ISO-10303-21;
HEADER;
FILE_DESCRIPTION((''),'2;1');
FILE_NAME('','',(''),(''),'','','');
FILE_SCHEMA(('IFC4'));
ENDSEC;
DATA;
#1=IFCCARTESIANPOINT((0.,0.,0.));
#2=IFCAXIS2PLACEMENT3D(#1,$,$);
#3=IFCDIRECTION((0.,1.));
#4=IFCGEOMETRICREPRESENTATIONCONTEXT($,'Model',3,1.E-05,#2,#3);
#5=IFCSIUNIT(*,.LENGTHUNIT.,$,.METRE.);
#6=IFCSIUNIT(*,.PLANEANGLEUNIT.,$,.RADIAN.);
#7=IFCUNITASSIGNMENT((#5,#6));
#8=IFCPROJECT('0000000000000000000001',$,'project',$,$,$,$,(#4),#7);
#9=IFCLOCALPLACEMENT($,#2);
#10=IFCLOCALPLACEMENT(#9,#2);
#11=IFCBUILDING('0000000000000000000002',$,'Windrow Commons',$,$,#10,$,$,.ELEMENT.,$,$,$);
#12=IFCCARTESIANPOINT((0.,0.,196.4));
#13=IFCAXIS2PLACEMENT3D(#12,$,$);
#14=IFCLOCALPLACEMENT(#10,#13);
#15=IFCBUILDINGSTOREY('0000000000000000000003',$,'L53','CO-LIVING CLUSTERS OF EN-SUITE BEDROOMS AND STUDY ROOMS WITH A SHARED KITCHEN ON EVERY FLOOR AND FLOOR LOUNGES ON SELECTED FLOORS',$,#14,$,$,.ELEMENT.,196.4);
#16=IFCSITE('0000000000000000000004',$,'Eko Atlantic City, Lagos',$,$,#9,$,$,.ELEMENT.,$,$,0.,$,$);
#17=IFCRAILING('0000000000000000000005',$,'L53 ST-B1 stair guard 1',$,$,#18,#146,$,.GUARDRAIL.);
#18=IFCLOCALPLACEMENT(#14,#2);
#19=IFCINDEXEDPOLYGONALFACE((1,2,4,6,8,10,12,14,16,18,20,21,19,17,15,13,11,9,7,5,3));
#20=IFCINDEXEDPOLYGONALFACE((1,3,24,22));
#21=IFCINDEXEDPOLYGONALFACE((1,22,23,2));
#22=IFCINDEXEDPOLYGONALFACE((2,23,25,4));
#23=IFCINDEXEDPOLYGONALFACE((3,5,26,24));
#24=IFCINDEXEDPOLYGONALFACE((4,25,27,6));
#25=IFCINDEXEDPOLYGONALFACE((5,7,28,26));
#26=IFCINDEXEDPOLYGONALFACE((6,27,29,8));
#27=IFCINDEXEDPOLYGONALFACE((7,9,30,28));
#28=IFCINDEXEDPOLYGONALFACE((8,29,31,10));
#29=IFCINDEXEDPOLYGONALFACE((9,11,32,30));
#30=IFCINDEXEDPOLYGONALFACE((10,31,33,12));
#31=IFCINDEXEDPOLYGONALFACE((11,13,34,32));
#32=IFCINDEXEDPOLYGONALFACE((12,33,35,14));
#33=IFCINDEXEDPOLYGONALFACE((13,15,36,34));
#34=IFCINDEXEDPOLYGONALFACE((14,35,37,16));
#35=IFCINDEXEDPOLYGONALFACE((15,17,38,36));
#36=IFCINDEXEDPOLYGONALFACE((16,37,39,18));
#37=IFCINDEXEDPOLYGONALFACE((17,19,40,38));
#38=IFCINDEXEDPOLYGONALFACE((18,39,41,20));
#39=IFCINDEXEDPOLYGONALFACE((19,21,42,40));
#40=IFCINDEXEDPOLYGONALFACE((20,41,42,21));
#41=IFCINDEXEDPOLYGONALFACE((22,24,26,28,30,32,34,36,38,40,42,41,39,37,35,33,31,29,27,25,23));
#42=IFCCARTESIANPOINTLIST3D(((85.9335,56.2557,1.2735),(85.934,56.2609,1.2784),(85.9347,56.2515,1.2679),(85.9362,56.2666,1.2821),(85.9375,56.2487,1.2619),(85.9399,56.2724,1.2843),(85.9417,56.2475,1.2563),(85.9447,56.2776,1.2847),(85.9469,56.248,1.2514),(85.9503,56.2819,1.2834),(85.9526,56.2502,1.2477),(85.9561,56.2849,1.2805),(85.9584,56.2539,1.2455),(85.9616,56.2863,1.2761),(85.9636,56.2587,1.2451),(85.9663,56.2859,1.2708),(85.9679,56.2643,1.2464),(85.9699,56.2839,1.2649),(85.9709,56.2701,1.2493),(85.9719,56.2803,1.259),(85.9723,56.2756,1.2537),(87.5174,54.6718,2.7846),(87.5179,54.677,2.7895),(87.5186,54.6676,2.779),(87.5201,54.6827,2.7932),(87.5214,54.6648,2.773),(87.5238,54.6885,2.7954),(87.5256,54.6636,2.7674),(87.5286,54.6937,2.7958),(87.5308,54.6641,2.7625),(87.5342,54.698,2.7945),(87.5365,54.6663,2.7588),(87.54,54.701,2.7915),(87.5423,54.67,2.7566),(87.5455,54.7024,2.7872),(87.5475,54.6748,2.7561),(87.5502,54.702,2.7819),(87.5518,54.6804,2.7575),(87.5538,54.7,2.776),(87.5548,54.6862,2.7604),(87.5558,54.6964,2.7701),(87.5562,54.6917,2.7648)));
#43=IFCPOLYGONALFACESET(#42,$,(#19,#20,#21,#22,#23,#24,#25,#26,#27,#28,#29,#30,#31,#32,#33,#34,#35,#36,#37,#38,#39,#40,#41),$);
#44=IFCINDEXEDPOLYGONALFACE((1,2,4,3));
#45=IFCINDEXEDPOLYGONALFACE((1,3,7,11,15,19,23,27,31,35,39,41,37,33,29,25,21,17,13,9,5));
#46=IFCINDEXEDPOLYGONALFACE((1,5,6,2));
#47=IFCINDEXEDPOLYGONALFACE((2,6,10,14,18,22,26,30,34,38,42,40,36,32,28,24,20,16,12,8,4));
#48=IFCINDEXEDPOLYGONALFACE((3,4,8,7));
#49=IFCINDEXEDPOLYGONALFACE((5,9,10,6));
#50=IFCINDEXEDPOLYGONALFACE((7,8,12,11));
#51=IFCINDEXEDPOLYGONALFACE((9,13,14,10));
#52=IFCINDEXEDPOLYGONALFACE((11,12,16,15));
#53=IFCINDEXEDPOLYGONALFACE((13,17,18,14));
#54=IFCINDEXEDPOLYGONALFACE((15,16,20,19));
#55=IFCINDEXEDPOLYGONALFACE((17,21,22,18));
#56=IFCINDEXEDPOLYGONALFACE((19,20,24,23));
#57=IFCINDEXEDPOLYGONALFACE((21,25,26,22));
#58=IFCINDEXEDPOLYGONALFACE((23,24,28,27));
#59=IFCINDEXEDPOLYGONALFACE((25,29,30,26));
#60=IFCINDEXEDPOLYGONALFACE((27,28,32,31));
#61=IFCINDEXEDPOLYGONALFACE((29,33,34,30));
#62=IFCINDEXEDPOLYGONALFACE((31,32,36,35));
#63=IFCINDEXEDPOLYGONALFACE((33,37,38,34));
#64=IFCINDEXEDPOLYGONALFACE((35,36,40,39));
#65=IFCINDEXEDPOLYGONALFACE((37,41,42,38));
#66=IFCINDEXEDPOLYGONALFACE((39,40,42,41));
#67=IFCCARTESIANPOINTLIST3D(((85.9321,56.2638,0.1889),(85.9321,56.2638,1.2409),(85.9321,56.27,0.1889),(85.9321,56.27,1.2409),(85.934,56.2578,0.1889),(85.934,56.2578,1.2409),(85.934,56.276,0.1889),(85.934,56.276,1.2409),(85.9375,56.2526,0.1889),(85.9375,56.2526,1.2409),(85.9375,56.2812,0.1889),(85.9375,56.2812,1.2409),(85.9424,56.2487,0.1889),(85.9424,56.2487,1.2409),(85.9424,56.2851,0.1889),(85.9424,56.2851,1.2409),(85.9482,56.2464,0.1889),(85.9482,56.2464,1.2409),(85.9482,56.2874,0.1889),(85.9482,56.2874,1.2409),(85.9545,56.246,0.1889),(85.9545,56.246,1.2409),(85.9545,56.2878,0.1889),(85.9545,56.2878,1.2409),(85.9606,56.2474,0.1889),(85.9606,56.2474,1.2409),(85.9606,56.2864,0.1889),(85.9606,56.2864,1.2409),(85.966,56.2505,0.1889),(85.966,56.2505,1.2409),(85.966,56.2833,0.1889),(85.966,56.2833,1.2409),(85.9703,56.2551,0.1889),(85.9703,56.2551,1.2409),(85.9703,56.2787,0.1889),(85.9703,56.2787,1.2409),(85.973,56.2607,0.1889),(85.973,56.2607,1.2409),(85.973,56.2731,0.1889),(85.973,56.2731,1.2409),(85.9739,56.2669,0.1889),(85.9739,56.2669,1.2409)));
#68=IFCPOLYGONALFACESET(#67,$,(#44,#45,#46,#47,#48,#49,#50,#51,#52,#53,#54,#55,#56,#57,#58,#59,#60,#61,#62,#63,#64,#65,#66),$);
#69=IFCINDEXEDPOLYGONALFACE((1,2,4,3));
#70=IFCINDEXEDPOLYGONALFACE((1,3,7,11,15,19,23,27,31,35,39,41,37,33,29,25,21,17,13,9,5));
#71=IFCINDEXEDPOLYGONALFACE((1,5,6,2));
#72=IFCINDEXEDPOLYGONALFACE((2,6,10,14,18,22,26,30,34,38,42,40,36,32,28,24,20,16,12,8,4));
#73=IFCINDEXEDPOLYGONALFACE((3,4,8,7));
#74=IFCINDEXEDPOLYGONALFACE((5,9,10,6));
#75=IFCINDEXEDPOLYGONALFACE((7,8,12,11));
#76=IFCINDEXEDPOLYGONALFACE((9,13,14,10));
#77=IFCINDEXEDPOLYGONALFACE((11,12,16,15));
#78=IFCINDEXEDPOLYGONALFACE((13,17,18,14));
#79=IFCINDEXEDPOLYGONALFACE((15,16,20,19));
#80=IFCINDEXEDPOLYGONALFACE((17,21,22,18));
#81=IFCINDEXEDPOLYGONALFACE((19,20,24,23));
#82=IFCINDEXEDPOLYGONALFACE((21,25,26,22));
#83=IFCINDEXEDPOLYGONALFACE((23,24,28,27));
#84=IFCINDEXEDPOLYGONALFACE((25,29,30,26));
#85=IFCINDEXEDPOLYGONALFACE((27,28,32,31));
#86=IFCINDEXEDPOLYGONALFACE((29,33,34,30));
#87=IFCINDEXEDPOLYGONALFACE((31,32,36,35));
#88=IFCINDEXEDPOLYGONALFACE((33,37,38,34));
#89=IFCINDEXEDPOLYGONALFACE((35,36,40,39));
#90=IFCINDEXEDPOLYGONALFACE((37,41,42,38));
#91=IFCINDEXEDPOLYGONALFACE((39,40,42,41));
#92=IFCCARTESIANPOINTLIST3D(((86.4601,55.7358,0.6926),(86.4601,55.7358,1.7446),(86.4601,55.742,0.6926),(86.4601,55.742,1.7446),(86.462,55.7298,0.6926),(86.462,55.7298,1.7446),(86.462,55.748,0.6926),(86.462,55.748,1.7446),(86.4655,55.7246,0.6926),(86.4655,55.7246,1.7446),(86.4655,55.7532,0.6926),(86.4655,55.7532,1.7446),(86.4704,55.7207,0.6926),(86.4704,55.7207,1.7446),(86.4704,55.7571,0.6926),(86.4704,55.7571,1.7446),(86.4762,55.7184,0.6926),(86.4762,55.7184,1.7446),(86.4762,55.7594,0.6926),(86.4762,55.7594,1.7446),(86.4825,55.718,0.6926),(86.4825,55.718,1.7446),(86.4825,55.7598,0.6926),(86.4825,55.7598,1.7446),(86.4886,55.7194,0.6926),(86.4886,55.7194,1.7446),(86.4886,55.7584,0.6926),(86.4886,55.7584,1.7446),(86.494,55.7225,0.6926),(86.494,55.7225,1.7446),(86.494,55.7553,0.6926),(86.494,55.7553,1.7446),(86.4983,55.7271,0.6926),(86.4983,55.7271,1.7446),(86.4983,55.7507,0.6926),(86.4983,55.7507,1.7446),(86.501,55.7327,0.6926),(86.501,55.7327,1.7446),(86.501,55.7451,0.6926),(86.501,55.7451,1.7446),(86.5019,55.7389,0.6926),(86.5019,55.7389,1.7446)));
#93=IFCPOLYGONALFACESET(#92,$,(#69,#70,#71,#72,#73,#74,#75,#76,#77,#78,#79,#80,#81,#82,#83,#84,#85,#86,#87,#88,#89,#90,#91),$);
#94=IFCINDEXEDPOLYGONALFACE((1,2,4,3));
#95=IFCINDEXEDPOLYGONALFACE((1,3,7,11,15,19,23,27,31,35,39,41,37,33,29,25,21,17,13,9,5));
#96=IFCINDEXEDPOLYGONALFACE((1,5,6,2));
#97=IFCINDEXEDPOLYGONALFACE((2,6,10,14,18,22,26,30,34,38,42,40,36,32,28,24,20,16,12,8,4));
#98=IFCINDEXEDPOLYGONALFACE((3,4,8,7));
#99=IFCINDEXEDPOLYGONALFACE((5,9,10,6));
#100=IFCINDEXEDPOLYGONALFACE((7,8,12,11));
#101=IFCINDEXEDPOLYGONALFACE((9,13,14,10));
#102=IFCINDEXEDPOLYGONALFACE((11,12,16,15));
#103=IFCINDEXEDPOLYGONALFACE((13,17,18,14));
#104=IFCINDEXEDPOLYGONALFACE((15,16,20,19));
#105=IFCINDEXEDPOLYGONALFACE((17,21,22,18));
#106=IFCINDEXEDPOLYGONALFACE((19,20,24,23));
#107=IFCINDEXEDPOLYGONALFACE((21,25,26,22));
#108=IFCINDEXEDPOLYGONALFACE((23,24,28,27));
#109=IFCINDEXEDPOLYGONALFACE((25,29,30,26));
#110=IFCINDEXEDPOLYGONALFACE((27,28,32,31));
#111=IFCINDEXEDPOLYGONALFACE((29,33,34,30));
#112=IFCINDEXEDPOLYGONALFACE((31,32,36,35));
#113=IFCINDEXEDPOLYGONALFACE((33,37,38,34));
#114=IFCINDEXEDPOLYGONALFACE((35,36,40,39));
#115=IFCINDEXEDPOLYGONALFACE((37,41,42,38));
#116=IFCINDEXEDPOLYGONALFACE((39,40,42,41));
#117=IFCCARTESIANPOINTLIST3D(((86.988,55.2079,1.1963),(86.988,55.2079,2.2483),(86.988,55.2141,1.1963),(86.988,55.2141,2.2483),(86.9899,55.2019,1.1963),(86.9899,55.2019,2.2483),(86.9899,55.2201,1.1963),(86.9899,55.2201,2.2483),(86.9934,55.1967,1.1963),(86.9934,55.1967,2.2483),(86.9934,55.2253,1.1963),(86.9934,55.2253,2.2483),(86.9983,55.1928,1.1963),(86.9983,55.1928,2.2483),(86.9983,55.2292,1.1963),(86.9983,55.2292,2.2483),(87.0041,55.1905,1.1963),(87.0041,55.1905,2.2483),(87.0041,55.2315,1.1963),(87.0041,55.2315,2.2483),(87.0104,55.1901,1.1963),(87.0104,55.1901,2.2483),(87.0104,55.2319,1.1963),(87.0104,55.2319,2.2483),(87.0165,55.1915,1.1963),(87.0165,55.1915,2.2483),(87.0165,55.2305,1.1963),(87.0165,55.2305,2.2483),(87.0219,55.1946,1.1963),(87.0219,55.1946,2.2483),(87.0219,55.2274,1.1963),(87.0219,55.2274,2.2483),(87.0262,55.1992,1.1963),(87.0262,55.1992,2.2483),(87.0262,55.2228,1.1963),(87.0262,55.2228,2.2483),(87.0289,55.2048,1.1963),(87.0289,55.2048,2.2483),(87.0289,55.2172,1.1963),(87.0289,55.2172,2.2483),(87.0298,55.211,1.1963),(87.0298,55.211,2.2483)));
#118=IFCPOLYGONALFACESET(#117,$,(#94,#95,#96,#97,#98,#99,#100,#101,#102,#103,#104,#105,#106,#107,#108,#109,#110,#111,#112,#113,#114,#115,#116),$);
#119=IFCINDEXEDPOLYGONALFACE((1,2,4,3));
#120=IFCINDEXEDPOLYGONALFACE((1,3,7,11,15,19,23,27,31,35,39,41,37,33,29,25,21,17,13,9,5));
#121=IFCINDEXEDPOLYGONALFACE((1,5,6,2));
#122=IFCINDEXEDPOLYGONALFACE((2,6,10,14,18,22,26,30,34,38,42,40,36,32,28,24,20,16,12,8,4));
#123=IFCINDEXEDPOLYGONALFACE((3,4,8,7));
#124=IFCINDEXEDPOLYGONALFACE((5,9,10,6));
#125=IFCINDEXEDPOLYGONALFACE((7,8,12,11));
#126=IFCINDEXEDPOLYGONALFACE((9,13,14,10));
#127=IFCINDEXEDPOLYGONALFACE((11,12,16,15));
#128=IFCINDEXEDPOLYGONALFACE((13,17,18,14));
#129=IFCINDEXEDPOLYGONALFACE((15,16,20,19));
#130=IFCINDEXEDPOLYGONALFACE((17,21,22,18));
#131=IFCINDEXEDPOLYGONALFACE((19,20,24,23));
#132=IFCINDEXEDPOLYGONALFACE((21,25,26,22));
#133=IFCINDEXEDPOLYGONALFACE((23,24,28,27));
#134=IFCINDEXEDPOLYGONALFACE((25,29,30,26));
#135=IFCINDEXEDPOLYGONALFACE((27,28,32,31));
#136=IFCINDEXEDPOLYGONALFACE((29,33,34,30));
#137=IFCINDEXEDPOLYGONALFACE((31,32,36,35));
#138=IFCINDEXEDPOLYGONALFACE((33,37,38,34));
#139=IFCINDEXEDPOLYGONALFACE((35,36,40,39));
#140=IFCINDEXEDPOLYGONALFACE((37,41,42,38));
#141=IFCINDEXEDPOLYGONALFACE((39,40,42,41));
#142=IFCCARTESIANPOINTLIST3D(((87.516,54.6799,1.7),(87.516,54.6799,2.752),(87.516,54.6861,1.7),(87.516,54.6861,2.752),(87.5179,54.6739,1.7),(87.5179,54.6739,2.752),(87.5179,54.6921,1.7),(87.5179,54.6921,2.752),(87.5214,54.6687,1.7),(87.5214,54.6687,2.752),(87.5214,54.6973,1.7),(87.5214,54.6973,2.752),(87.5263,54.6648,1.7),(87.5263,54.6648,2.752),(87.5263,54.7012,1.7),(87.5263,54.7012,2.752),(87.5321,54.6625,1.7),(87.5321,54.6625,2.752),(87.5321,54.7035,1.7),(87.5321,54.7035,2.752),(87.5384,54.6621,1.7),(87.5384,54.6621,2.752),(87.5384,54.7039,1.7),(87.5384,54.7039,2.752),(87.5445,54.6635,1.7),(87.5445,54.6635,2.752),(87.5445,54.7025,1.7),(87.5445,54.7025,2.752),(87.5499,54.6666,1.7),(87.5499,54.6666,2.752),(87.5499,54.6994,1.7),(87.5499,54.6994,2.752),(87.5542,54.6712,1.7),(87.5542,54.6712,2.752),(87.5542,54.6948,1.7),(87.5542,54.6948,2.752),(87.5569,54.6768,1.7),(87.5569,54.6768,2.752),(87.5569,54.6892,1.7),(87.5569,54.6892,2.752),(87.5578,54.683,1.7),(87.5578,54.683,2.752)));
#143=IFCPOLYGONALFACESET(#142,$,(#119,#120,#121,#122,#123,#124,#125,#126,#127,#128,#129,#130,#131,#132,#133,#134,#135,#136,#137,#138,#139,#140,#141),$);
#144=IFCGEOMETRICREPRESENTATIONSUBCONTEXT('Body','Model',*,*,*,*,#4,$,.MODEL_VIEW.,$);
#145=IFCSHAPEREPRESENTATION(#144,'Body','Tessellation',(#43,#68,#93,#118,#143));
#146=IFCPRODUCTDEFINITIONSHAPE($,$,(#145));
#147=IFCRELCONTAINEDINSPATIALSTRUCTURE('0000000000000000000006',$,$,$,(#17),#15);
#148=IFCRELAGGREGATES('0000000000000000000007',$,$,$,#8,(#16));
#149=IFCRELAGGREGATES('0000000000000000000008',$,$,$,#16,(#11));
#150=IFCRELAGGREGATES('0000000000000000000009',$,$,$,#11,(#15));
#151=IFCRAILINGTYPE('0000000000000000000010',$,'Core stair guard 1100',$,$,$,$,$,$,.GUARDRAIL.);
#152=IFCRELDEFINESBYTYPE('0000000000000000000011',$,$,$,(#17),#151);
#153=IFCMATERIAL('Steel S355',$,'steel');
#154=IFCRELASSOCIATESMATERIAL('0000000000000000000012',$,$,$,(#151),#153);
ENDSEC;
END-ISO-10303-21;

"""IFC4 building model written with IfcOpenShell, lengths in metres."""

from ifc_helpers import new_model, si_unit, direction, frame, origin, origin_2d, place, context, subcontext, project, spatial, circle, extrude, material, type_object, element, save


model = new_model("IFC4")

# Units and contexts
model_context = context("Model", 3, precision=1e-05, world=origin(), true_north=direction((0.0, 1.0)))
body_context = subcontext(model_context, "Body", "Model", "MODEL_VIEW")
ifc_project = project(units=[si_unit("LENGTHUNIT", "METRE"), si_unit("PLANEANGLEUNIT", "RADIAN")], contexts=[model_context])

# Site, building, storey
site_placement = place(None, origin())
site = spatial("IfcSite", under=ifc_project, at=site_placement, Name="Eko Atlantic City, Lagos", CompositionType="ELEMENT", RefElevation=0.0)
building_placement = place(site_placement, origin())
building = spatial("IfcBuilding", under=site, at=building_placement, Name="Windrow Commons", CompositionType="ELEMENT")
storey_placement = place(building_placement, frame((0.0, 0.0, 196.4)))
storey = spatial("IfcBuildingStorey", under=building, at=storey_placement, Name="L53", Description="CO-LIVING CLUSTERS OF EN-SUITE BEDROOMS AND STUDY ROOMS WITH A SHARED KITCHEN ON EVERY FLOOR AND FLOOR LOUNGES ON SELECTED FLOORS", CompositionType="ELEMENT", Elevation=196.4)

# Railing
ifc_material_1 = material(Name="Steel S355", Category="steel")
railing_type_1 = type_object("IfcRailingType", Name="Core stair guard 1100", PredefinedType="GUARDRAIL", material=ifc_material_1)
railing_1_placement = place(storey_placement, frame((85.9529, 56.2669, 0.1889)))
element("IfcRailing", 1, at=railing_1_placement, inside=storey, type_object=railing_type_1, Name="L53 ST-B1 stair guard 1", PredefinedType="GUARDRAIL", context=body_context, shape_type="SweptSolid", body=[
    extrude(circle(Radius=0.024, at=origin_2d()), frame((0.0, 0.0, 1.076), z_axis=(0.586191, -0.586191, 0.559249), x_axis=(0.707107, 0.707107, 0.0)), (0.0, 0.0, 1.0), 2.702),
    extrude(circle(Radius=0.021, at=origin_2d()), origin(), (0.0, 0.0, 1.0), 1.052),
    extrude(circle(Radius=0.021, at=origin_2d()), frame((0.528, -0.528, 0.5037)), (0.0, 0.0, 1.0), 1.052),
    extrude(circle(Radius=0.021, at=origin_2d()), frame((1.0559, -1.0559, 1.0074)), (0.0, 0.0, 1.0), 1.052),
    extrude(circle(Radius=0.021, at=origin_2d()), frame((1.5839, -1.5839, 1.5111)), (0.0, 0.0, 1.0), 1.052),
])

save(model, "model.ifc")
